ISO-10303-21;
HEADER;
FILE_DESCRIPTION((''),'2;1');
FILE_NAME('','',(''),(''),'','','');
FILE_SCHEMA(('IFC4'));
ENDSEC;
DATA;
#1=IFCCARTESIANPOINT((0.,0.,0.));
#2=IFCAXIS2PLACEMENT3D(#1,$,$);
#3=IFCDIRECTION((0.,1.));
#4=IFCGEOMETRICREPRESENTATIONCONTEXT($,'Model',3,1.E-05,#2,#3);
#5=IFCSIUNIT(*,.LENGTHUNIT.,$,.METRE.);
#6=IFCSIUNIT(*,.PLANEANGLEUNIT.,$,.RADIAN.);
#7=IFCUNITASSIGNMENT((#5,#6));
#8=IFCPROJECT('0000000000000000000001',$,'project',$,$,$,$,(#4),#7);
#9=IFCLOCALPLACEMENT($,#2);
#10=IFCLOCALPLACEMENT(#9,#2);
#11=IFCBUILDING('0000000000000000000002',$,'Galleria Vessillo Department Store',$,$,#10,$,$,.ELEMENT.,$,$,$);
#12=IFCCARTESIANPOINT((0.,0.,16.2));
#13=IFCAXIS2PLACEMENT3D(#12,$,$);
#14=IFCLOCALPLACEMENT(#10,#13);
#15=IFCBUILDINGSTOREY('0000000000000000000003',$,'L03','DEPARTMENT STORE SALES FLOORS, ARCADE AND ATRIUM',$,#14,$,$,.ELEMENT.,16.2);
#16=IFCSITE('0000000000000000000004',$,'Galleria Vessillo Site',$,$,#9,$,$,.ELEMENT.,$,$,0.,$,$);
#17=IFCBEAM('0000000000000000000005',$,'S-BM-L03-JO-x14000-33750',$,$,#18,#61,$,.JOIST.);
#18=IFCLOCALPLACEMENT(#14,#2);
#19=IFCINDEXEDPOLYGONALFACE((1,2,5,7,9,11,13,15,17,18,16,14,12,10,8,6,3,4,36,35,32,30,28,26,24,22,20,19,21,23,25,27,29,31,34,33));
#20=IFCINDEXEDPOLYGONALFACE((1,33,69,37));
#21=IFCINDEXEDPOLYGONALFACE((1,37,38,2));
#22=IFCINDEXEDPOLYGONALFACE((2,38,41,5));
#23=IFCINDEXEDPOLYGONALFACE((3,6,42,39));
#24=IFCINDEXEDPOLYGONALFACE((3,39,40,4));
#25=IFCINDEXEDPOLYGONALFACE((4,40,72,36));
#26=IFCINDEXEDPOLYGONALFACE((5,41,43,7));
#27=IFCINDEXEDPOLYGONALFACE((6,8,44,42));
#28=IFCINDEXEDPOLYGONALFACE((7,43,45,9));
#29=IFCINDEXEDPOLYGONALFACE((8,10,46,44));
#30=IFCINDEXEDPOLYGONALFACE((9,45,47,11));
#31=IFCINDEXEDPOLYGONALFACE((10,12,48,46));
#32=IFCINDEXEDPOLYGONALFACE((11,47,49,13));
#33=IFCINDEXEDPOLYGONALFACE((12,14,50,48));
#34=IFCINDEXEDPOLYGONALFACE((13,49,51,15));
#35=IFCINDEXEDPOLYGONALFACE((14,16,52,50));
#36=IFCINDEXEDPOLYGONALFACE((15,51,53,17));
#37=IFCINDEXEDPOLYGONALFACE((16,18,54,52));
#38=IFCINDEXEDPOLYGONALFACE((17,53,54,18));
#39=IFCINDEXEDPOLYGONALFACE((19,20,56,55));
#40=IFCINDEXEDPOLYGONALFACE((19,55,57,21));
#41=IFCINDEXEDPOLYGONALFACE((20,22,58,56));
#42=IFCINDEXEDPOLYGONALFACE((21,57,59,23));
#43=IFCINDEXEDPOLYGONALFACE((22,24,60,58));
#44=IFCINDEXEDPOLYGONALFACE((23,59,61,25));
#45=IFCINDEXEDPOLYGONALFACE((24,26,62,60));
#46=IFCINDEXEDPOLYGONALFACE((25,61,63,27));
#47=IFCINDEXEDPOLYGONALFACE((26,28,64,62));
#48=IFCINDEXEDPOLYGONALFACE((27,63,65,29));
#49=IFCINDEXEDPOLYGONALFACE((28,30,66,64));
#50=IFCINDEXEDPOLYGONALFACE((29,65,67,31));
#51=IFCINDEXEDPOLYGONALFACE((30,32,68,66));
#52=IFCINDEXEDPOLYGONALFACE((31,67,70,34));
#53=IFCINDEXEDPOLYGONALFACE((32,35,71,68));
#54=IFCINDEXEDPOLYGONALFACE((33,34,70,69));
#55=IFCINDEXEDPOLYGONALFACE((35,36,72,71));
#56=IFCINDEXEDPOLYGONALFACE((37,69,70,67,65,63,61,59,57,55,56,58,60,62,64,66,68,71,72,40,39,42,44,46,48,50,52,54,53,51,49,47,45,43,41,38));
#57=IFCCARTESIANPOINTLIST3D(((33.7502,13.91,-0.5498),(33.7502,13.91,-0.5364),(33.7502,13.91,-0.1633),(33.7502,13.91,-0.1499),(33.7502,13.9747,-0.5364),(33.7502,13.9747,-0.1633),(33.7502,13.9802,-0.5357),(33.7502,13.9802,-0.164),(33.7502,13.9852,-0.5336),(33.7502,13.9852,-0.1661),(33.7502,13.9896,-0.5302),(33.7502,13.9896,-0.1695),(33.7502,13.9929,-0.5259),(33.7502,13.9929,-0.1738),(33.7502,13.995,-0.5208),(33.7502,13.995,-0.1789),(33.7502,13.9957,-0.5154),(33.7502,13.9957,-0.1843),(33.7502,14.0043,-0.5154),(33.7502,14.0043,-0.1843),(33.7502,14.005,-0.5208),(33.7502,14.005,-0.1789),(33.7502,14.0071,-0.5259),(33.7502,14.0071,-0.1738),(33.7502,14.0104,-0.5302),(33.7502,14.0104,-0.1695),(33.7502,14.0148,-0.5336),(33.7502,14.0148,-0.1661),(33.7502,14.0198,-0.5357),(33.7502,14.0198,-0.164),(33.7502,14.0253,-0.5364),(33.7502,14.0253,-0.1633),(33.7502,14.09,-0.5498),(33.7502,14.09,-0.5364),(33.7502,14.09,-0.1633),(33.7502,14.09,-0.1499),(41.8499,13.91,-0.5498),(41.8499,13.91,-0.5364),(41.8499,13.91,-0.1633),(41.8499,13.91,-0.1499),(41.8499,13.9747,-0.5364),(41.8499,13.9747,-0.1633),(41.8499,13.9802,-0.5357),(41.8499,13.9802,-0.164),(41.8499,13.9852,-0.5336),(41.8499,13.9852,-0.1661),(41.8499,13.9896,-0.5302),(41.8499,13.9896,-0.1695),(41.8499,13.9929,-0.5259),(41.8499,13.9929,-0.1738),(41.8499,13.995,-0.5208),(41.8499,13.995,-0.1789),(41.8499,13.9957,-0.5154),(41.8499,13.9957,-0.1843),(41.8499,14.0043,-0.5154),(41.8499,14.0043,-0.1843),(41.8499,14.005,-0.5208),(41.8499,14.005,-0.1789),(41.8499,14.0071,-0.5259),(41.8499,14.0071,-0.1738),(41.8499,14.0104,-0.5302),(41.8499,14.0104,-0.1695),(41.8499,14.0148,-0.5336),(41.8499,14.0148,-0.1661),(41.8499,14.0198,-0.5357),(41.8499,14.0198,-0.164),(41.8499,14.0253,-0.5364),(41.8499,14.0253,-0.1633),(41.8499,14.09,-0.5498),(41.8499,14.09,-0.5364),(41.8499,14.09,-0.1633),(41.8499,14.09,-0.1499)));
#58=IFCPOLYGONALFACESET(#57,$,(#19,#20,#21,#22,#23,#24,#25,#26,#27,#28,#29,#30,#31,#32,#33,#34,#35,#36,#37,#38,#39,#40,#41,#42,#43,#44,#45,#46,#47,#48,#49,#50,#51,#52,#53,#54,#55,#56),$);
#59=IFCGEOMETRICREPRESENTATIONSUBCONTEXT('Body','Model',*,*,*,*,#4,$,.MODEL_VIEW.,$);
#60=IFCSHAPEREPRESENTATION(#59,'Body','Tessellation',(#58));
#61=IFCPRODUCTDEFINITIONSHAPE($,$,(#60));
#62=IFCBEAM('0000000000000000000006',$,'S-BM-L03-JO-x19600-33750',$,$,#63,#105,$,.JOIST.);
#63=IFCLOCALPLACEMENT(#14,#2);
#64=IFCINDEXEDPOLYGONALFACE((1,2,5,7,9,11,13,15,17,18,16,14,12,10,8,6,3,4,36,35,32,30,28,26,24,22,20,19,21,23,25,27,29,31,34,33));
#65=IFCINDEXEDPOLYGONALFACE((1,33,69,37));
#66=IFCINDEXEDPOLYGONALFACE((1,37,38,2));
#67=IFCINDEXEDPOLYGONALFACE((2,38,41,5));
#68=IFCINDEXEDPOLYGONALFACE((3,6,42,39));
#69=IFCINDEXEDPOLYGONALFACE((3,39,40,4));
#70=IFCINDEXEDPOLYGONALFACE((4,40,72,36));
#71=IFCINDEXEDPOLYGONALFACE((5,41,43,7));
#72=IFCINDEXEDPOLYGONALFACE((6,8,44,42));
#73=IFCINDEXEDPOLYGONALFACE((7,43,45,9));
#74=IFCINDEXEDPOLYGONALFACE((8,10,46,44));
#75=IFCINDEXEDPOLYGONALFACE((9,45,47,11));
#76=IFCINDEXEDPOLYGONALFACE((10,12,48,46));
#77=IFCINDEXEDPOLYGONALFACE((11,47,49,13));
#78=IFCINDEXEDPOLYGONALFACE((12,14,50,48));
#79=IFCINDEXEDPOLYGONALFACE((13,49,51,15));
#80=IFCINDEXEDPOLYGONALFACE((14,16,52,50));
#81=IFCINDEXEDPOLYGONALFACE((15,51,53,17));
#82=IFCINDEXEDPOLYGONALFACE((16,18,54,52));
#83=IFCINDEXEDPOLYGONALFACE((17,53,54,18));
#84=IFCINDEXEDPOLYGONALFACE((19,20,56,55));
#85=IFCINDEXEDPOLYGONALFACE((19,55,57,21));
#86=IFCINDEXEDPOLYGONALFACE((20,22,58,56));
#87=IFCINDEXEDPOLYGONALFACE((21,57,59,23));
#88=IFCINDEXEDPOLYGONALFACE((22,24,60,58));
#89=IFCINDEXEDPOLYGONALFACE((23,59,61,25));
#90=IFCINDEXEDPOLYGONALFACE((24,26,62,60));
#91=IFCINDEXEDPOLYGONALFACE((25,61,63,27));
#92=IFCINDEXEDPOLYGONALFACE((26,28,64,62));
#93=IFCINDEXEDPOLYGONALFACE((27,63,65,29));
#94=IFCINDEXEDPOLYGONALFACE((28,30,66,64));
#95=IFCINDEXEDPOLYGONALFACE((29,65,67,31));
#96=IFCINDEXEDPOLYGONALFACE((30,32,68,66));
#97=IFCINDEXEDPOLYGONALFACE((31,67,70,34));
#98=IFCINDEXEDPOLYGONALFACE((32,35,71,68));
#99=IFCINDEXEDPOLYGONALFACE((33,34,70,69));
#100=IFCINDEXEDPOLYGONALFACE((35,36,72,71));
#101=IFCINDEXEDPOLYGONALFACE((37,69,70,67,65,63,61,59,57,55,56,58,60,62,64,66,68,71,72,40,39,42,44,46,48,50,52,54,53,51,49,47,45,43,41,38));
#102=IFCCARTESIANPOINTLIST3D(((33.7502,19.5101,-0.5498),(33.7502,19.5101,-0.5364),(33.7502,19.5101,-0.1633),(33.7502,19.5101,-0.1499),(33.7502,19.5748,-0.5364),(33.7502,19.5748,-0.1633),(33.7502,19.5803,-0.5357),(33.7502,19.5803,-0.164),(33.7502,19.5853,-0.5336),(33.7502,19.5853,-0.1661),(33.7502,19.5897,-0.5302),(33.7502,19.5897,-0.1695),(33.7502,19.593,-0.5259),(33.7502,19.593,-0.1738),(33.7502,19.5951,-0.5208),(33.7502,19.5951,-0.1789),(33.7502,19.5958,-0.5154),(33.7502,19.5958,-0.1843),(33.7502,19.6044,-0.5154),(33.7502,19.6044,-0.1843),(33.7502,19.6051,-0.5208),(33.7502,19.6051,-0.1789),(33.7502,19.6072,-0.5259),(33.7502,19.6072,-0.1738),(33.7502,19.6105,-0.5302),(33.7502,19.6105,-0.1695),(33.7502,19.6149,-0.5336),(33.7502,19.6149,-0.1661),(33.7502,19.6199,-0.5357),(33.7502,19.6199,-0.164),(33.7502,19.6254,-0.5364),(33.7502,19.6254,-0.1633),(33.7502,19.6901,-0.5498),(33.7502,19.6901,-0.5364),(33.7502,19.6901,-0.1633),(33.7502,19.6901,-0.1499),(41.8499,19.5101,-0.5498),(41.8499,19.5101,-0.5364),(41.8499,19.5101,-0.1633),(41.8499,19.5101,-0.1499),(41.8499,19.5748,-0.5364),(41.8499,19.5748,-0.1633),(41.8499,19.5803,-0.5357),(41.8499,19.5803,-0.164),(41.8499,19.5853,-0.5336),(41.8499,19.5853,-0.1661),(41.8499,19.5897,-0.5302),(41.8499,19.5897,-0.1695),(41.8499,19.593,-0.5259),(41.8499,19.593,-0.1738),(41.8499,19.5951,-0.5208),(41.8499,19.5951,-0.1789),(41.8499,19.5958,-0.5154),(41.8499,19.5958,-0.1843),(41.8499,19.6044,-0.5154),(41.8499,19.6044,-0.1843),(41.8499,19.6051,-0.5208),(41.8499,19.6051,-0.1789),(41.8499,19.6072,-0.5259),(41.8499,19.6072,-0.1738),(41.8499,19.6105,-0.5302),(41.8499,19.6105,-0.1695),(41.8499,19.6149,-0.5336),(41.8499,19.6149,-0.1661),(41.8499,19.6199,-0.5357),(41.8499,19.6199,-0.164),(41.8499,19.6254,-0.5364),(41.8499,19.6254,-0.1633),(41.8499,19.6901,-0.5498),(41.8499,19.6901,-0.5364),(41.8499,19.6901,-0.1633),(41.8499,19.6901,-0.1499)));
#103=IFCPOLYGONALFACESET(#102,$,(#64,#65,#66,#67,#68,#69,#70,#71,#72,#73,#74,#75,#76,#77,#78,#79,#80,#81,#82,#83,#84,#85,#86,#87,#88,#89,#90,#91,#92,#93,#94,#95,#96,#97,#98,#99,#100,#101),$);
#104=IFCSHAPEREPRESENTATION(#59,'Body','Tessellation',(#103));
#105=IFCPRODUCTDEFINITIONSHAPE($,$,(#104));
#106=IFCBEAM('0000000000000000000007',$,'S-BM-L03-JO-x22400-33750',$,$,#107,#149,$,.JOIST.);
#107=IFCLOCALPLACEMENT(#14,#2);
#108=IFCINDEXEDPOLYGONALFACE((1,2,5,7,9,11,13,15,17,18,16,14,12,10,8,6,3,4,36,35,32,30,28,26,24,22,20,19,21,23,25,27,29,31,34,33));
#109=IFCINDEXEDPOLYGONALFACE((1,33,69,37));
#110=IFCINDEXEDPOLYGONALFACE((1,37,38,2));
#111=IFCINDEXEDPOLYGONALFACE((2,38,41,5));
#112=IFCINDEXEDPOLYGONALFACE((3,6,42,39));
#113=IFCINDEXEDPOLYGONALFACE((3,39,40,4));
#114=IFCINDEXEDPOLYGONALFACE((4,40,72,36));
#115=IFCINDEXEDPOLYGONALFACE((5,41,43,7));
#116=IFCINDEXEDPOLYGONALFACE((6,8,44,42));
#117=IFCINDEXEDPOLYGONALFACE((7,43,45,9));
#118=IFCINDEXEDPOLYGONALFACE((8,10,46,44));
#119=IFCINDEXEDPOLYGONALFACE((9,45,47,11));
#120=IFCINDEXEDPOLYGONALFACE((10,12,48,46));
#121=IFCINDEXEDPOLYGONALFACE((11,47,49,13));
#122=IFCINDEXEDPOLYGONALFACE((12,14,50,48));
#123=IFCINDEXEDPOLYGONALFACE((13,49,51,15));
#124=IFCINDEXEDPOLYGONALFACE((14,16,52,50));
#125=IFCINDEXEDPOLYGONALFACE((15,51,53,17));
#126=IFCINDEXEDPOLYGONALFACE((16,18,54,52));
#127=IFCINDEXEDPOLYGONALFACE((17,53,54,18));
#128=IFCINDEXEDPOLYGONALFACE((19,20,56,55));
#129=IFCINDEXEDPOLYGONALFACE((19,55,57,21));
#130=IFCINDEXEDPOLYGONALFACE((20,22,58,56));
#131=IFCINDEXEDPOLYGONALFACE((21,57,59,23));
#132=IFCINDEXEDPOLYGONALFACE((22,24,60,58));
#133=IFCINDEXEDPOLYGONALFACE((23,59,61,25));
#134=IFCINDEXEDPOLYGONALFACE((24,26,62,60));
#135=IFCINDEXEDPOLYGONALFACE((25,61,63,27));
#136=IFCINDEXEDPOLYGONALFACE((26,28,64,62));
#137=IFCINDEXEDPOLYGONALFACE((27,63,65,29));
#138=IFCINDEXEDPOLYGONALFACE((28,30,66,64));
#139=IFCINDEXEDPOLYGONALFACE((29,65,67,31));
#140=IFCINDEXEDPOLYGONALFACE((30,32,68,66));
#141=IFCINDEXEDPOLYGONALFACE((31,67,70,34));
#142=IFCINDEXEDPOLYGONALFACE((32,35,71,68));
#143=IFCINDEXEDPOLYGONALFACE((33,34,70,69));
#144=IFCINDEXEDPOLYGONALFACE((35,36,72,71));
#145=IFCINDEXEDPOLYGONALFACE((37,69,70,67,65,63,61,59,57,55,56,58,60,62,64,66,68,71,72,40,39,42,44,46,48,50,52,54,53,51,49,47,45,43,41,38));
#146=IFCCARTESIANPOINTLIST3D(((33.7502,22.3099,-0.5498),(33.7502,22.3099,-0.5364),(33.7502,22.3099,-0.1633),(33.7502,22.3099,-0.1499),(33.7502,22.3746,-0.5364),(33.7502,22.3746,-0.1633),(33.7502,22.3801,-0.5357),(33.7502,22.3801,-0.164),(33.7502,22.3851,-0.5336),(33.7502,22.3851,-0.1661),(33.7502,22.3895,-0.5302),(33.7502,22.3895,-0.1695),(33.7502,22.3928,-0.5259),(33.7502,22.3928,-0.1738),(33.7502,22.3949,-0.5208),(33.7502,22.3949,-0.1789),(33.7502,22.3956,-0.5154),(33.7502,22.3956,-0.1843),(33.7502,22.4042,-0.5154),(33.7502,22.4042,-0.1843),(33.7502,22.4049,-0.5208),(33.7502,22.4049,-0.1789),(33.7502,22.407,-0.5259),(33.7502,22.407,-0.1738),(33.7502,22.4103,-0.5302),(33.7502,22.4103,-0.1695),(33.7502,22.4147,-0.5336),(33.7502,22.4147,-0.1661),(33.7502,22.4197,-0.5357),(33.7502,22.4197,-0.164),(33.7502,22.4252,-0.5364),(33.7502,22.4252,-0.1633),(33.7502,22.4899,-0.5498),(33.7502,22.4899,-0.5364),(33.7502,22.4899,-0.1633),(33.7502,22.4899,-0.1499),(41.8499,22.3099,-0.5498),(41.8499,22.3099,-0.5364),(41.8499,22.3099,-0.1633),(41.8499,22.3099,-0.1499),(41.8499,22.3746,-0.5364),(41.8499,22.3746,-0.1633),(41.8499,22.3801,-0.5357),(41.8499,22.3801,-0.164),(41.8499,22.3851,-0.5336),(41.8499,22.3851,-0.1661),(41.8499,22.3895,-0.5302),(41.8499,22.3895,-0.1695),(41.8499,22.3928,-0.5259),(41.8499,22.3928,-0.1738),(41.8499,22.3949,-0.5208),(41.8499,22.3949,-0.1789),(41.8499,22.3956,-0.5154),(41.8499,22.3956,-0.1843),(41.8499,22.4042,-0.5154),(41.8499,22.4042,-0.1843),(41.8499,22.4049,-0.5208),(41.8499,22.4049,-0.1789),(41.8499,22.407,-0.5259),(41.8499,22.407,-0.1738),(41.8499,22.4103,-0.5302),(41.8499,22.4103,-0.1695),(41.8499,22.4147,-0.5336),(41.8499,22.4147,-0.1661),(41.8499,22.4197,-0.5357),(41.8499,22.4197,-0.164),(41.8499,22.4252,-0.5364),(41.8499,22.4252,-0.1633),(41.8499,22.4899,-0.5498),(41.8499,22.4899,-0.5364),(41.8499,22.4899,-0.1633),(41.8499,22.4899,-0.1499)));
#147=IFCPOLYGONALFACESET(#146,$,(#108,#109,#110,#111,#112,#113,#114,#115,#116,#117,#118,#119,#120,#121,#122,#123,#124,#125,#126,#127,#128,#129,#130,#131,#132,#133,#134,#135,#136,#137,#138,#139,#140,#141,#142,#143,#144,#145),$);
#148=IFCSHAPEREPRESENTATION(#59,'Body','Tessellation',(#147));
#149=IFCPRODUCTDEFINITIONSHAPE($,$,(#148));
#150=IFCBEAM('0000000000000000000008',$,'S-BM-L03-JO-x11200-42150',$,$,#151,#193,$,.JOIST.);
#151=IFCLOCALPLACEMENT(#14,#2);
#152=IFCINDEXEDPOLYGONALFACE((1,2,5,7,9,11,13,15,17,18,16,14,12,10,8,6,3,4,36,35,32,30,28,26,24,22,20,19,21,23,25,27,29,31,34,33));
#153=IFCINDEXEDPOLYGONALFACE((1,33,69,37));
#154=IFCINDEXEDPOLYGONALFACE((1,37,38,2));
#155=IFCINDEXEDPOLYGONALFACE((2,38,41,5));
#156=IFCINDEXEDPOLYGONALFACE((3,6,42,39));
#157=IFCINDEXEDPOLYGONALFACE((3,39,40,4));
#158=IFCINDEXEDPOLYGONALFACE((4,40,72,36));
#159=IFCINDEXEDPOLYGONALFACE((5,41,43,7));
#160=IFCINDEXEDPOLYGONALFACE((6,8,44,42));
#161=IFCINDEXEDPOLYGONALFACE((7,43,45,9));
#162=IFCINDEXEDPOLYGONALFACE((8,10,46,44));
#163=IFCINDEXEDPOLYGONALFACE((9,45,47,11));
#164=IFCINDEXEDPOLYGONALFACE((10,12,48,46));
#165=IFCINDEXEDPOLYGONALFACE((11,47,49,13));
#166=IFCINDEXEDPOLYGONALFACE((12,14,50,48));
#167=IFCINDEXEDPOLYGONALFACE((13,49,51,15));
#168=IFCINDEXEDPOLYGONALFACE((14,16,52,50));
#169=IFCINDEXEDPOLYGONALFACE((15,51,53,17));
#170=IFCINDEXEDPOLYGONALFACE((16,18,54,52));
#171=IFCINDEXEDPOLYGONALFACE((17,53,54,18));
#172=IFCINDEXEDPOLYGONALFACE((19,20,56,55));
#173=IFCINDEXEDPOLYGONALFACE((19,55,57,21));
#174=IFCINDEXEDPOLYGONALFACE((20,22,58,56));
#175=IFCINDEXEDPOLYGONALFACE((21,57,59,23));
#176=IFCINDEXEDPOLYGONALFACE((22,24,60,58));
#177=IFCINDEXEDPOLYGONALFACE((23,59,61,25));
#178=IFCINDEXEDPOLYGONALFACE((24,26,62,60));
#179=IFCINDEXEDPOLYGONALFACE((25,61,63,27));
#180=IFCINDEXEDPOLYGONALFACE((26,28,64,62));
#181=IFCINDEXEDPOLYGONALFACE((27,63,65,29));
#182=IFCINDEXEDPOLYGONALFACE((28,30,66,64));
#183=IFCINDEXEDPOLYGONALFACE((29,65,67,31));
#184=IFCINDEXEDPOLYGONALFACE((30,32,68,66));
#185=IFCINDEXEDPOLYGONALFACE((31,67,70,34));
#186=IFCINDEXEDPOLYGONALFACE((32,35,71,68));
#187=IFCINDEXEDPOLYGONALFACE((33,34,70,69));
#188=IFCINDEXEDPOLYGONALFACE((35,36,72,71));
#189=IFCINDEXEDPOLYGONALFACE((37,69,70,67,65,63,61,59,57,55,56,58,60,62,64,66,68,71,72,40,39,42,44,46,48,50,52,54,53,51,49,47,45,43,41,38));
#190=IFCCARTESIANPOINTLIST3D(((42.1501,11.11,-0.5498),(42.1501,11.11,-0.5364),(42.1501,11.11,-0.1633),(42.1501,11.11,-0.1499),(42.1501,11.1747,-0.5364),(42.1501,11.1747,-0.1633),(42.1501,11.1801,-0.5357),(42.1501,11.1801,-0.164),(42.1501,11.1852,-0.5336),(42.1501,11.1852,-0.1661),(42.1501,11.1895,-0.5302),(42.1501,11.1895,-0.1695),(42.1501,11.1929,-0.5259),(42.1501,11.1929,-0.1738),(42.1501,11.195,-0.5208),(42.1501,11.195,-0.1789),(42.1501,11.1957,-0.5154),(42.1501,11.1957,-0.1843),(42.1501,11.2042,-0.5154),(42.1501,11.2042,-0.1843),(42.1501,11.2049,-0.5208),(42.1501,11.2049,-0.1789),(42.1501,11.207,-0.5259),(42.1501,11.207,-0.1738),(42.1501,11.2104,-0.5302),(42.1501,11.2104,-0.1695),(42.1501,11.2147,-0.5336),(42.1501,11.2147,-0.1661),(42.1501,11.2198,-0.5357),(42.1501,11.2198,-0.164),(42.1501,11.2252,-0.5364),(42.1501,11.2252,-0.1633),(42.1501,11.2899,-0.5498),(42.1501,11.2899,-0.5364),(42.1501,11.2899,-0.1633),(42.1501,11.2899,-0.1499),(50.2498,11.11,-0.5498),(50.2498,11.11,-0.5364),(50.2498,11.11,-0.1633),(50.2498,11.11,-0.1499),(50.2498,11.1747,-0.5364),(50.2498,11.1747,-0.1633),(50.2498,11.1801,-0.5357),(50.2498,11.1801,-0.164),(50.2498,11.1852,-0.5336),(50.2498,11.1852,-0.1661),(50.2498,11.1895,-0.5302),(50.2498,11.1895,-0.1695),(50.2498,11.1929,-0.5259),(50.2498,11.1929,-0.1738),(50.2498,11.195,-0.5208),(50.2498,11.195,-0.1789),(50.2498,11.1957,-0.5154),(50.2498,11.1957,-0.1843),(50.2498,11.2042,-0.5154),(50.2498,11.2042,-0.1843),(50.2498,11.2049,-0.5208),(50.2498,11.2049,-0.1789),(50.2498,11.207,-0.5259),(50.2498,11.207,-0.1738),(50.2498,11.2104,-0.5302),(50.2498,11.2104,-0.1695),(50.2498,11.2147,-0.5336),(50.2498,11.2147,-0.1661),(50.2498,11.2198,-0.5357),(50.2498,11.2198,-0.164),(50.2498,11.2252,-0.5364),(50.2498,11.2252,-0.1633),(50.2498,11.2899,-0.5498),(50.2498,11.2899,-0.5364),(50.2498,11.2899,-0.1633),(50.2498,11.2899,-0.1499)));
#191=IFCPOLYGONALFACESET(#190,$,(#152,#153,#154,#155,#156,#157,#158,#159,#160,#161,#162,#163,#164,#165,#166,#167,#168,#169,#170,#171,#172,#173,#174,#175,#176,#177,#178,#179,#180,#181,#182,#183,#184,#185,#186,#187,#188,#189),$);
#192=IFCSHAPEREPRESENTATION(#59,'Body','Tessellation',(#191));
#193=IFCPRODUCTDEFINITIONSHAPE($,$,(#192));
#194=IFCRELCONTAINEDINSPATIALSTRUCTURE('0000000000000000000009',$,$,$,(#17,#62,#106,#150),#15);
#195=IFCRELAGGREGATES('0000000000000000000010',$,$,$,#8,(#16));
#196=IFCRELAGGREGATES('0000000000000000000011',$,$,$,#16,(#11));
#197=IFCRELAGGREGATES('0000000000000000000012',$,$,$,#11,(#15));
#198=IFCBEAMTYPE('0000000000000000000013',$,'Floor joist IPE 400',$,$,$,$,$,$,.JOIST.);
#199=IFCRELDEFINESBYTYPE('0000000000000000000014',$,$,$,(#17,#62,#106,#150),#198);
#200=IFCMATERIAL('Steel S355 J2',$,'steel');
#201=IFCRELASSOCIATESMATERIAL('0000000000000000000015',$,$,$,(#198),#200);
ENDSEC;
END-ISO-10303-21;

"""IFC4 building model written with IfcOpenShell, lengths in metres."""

from ifc_helpers import new_model, si_unit, direction, frame, origin, origin_2d, place, context, subcontext, project, spatial, i_section, extrude, material, material_profile, profile_set, type_object, element, save


model = new_model("IFC4")

# Units and contexts
model_context = context("Model", 3, precision=1e-05, world=origin(), true_north=direction((0.0, 1.0)))
body_context = subcontext(model_context, "Body", "Model", "MODEL_VIEW")
ifc_project = project(units=[si_unit("LENGTHUNIT", "METRE"), si_unit("PLANEANGLEUNIT", "RADIAN")], contexts=[model_context])

# Site, building, storey
site_placement = place(None, origin())
site = spatial("IfcSite", under=ifc_project, at=site_placement, Name="Galleria Vessillo Site", CompositionType="ELEMENT", RefElevation=0.0)
building_placement = place(site_placement, origin())
building = spatial("IfcBuilding", under=site, at=building_placement, Name="Galleria Vessillo Department Store", CompositionType="ELEMENT")
storey_placement = place(building_placement, frame((0.0, 0.0, 16.2)))
storey = spatial("IfcBuildingStorey", under=building, at=storey_placement, Name="L03", Description="DEPARTMENT STORE SALES FLOORS, ARCADE AND ATRIUM", CompositionType="ELEMENT", Elevation=16.2)

# Beams
ifc_material_1 = material(Name="Steel S355 J2", Category="steel")
ifc_material_profile_1 = material_profile(ifc_material_1, i_section(OverallWidth=0.1799, OverallDepth=0.3999, WebThickness=0.0085, FlangeThickness=0.0134, FilletRadius=0.021, at=origin_2d()), Name="IPE 400")
ifc_profile_set_1 = profile_set([ifc_material_profile_1], Name="Steel S355 J2")
beam_type_1 = type_object("IfcBeamType", Name="Floor joist IPE 400", PredefinedType="JOIST", material=ifc_profile_set_1)
for number, where, z_axis, x_axis, name in (
    (1, (33.7502, 14.0, -0.3499), (1.0, 0.0, 0.0), (0.0, 1.0, 0.0), "S-BM-L03-JO-x14000-33750"),
    (2, (33.7502, 19.6001, -0.3499), (1.0, 0.0, 0.0), (0.0, 1.0, 0.0), "S-BM-L03-JO-x19600-33750"),
    (3, (33.7502, 22.3999, -0.3499), (1.0, 0.0, 0.0), (0.0, 1.0, 0.0), "S-BM-L03-JO-x22400-33750"),
    (4, (42.1501, 11.2, -0.3499), (1.0, 0.0, 0.0), (0.0, 1.0, 0.0), "S-BM-L03-JO-x11200-42150"),
):
    element("IfcBeam", number, at=place(storey_placement, frame(where, z_axis=z_axis, x_axis=x_axis)), inside=storey, type_object=beam_type_1, Name=name, PredefinedType="JOIST", context=body_context, shape_type="SweptSolid", body=[
        extrude(i_section(OverallWidth=0.1799, OverallDepth=0.3999, WebThickness=0.0085, FlangeThickness=0.0134, FilletRadius=0.021, at=origin_2d()), origin(), (0.0, 0.0, 1.0), 8.0996),
    ])

save(model, "model.ifc")
